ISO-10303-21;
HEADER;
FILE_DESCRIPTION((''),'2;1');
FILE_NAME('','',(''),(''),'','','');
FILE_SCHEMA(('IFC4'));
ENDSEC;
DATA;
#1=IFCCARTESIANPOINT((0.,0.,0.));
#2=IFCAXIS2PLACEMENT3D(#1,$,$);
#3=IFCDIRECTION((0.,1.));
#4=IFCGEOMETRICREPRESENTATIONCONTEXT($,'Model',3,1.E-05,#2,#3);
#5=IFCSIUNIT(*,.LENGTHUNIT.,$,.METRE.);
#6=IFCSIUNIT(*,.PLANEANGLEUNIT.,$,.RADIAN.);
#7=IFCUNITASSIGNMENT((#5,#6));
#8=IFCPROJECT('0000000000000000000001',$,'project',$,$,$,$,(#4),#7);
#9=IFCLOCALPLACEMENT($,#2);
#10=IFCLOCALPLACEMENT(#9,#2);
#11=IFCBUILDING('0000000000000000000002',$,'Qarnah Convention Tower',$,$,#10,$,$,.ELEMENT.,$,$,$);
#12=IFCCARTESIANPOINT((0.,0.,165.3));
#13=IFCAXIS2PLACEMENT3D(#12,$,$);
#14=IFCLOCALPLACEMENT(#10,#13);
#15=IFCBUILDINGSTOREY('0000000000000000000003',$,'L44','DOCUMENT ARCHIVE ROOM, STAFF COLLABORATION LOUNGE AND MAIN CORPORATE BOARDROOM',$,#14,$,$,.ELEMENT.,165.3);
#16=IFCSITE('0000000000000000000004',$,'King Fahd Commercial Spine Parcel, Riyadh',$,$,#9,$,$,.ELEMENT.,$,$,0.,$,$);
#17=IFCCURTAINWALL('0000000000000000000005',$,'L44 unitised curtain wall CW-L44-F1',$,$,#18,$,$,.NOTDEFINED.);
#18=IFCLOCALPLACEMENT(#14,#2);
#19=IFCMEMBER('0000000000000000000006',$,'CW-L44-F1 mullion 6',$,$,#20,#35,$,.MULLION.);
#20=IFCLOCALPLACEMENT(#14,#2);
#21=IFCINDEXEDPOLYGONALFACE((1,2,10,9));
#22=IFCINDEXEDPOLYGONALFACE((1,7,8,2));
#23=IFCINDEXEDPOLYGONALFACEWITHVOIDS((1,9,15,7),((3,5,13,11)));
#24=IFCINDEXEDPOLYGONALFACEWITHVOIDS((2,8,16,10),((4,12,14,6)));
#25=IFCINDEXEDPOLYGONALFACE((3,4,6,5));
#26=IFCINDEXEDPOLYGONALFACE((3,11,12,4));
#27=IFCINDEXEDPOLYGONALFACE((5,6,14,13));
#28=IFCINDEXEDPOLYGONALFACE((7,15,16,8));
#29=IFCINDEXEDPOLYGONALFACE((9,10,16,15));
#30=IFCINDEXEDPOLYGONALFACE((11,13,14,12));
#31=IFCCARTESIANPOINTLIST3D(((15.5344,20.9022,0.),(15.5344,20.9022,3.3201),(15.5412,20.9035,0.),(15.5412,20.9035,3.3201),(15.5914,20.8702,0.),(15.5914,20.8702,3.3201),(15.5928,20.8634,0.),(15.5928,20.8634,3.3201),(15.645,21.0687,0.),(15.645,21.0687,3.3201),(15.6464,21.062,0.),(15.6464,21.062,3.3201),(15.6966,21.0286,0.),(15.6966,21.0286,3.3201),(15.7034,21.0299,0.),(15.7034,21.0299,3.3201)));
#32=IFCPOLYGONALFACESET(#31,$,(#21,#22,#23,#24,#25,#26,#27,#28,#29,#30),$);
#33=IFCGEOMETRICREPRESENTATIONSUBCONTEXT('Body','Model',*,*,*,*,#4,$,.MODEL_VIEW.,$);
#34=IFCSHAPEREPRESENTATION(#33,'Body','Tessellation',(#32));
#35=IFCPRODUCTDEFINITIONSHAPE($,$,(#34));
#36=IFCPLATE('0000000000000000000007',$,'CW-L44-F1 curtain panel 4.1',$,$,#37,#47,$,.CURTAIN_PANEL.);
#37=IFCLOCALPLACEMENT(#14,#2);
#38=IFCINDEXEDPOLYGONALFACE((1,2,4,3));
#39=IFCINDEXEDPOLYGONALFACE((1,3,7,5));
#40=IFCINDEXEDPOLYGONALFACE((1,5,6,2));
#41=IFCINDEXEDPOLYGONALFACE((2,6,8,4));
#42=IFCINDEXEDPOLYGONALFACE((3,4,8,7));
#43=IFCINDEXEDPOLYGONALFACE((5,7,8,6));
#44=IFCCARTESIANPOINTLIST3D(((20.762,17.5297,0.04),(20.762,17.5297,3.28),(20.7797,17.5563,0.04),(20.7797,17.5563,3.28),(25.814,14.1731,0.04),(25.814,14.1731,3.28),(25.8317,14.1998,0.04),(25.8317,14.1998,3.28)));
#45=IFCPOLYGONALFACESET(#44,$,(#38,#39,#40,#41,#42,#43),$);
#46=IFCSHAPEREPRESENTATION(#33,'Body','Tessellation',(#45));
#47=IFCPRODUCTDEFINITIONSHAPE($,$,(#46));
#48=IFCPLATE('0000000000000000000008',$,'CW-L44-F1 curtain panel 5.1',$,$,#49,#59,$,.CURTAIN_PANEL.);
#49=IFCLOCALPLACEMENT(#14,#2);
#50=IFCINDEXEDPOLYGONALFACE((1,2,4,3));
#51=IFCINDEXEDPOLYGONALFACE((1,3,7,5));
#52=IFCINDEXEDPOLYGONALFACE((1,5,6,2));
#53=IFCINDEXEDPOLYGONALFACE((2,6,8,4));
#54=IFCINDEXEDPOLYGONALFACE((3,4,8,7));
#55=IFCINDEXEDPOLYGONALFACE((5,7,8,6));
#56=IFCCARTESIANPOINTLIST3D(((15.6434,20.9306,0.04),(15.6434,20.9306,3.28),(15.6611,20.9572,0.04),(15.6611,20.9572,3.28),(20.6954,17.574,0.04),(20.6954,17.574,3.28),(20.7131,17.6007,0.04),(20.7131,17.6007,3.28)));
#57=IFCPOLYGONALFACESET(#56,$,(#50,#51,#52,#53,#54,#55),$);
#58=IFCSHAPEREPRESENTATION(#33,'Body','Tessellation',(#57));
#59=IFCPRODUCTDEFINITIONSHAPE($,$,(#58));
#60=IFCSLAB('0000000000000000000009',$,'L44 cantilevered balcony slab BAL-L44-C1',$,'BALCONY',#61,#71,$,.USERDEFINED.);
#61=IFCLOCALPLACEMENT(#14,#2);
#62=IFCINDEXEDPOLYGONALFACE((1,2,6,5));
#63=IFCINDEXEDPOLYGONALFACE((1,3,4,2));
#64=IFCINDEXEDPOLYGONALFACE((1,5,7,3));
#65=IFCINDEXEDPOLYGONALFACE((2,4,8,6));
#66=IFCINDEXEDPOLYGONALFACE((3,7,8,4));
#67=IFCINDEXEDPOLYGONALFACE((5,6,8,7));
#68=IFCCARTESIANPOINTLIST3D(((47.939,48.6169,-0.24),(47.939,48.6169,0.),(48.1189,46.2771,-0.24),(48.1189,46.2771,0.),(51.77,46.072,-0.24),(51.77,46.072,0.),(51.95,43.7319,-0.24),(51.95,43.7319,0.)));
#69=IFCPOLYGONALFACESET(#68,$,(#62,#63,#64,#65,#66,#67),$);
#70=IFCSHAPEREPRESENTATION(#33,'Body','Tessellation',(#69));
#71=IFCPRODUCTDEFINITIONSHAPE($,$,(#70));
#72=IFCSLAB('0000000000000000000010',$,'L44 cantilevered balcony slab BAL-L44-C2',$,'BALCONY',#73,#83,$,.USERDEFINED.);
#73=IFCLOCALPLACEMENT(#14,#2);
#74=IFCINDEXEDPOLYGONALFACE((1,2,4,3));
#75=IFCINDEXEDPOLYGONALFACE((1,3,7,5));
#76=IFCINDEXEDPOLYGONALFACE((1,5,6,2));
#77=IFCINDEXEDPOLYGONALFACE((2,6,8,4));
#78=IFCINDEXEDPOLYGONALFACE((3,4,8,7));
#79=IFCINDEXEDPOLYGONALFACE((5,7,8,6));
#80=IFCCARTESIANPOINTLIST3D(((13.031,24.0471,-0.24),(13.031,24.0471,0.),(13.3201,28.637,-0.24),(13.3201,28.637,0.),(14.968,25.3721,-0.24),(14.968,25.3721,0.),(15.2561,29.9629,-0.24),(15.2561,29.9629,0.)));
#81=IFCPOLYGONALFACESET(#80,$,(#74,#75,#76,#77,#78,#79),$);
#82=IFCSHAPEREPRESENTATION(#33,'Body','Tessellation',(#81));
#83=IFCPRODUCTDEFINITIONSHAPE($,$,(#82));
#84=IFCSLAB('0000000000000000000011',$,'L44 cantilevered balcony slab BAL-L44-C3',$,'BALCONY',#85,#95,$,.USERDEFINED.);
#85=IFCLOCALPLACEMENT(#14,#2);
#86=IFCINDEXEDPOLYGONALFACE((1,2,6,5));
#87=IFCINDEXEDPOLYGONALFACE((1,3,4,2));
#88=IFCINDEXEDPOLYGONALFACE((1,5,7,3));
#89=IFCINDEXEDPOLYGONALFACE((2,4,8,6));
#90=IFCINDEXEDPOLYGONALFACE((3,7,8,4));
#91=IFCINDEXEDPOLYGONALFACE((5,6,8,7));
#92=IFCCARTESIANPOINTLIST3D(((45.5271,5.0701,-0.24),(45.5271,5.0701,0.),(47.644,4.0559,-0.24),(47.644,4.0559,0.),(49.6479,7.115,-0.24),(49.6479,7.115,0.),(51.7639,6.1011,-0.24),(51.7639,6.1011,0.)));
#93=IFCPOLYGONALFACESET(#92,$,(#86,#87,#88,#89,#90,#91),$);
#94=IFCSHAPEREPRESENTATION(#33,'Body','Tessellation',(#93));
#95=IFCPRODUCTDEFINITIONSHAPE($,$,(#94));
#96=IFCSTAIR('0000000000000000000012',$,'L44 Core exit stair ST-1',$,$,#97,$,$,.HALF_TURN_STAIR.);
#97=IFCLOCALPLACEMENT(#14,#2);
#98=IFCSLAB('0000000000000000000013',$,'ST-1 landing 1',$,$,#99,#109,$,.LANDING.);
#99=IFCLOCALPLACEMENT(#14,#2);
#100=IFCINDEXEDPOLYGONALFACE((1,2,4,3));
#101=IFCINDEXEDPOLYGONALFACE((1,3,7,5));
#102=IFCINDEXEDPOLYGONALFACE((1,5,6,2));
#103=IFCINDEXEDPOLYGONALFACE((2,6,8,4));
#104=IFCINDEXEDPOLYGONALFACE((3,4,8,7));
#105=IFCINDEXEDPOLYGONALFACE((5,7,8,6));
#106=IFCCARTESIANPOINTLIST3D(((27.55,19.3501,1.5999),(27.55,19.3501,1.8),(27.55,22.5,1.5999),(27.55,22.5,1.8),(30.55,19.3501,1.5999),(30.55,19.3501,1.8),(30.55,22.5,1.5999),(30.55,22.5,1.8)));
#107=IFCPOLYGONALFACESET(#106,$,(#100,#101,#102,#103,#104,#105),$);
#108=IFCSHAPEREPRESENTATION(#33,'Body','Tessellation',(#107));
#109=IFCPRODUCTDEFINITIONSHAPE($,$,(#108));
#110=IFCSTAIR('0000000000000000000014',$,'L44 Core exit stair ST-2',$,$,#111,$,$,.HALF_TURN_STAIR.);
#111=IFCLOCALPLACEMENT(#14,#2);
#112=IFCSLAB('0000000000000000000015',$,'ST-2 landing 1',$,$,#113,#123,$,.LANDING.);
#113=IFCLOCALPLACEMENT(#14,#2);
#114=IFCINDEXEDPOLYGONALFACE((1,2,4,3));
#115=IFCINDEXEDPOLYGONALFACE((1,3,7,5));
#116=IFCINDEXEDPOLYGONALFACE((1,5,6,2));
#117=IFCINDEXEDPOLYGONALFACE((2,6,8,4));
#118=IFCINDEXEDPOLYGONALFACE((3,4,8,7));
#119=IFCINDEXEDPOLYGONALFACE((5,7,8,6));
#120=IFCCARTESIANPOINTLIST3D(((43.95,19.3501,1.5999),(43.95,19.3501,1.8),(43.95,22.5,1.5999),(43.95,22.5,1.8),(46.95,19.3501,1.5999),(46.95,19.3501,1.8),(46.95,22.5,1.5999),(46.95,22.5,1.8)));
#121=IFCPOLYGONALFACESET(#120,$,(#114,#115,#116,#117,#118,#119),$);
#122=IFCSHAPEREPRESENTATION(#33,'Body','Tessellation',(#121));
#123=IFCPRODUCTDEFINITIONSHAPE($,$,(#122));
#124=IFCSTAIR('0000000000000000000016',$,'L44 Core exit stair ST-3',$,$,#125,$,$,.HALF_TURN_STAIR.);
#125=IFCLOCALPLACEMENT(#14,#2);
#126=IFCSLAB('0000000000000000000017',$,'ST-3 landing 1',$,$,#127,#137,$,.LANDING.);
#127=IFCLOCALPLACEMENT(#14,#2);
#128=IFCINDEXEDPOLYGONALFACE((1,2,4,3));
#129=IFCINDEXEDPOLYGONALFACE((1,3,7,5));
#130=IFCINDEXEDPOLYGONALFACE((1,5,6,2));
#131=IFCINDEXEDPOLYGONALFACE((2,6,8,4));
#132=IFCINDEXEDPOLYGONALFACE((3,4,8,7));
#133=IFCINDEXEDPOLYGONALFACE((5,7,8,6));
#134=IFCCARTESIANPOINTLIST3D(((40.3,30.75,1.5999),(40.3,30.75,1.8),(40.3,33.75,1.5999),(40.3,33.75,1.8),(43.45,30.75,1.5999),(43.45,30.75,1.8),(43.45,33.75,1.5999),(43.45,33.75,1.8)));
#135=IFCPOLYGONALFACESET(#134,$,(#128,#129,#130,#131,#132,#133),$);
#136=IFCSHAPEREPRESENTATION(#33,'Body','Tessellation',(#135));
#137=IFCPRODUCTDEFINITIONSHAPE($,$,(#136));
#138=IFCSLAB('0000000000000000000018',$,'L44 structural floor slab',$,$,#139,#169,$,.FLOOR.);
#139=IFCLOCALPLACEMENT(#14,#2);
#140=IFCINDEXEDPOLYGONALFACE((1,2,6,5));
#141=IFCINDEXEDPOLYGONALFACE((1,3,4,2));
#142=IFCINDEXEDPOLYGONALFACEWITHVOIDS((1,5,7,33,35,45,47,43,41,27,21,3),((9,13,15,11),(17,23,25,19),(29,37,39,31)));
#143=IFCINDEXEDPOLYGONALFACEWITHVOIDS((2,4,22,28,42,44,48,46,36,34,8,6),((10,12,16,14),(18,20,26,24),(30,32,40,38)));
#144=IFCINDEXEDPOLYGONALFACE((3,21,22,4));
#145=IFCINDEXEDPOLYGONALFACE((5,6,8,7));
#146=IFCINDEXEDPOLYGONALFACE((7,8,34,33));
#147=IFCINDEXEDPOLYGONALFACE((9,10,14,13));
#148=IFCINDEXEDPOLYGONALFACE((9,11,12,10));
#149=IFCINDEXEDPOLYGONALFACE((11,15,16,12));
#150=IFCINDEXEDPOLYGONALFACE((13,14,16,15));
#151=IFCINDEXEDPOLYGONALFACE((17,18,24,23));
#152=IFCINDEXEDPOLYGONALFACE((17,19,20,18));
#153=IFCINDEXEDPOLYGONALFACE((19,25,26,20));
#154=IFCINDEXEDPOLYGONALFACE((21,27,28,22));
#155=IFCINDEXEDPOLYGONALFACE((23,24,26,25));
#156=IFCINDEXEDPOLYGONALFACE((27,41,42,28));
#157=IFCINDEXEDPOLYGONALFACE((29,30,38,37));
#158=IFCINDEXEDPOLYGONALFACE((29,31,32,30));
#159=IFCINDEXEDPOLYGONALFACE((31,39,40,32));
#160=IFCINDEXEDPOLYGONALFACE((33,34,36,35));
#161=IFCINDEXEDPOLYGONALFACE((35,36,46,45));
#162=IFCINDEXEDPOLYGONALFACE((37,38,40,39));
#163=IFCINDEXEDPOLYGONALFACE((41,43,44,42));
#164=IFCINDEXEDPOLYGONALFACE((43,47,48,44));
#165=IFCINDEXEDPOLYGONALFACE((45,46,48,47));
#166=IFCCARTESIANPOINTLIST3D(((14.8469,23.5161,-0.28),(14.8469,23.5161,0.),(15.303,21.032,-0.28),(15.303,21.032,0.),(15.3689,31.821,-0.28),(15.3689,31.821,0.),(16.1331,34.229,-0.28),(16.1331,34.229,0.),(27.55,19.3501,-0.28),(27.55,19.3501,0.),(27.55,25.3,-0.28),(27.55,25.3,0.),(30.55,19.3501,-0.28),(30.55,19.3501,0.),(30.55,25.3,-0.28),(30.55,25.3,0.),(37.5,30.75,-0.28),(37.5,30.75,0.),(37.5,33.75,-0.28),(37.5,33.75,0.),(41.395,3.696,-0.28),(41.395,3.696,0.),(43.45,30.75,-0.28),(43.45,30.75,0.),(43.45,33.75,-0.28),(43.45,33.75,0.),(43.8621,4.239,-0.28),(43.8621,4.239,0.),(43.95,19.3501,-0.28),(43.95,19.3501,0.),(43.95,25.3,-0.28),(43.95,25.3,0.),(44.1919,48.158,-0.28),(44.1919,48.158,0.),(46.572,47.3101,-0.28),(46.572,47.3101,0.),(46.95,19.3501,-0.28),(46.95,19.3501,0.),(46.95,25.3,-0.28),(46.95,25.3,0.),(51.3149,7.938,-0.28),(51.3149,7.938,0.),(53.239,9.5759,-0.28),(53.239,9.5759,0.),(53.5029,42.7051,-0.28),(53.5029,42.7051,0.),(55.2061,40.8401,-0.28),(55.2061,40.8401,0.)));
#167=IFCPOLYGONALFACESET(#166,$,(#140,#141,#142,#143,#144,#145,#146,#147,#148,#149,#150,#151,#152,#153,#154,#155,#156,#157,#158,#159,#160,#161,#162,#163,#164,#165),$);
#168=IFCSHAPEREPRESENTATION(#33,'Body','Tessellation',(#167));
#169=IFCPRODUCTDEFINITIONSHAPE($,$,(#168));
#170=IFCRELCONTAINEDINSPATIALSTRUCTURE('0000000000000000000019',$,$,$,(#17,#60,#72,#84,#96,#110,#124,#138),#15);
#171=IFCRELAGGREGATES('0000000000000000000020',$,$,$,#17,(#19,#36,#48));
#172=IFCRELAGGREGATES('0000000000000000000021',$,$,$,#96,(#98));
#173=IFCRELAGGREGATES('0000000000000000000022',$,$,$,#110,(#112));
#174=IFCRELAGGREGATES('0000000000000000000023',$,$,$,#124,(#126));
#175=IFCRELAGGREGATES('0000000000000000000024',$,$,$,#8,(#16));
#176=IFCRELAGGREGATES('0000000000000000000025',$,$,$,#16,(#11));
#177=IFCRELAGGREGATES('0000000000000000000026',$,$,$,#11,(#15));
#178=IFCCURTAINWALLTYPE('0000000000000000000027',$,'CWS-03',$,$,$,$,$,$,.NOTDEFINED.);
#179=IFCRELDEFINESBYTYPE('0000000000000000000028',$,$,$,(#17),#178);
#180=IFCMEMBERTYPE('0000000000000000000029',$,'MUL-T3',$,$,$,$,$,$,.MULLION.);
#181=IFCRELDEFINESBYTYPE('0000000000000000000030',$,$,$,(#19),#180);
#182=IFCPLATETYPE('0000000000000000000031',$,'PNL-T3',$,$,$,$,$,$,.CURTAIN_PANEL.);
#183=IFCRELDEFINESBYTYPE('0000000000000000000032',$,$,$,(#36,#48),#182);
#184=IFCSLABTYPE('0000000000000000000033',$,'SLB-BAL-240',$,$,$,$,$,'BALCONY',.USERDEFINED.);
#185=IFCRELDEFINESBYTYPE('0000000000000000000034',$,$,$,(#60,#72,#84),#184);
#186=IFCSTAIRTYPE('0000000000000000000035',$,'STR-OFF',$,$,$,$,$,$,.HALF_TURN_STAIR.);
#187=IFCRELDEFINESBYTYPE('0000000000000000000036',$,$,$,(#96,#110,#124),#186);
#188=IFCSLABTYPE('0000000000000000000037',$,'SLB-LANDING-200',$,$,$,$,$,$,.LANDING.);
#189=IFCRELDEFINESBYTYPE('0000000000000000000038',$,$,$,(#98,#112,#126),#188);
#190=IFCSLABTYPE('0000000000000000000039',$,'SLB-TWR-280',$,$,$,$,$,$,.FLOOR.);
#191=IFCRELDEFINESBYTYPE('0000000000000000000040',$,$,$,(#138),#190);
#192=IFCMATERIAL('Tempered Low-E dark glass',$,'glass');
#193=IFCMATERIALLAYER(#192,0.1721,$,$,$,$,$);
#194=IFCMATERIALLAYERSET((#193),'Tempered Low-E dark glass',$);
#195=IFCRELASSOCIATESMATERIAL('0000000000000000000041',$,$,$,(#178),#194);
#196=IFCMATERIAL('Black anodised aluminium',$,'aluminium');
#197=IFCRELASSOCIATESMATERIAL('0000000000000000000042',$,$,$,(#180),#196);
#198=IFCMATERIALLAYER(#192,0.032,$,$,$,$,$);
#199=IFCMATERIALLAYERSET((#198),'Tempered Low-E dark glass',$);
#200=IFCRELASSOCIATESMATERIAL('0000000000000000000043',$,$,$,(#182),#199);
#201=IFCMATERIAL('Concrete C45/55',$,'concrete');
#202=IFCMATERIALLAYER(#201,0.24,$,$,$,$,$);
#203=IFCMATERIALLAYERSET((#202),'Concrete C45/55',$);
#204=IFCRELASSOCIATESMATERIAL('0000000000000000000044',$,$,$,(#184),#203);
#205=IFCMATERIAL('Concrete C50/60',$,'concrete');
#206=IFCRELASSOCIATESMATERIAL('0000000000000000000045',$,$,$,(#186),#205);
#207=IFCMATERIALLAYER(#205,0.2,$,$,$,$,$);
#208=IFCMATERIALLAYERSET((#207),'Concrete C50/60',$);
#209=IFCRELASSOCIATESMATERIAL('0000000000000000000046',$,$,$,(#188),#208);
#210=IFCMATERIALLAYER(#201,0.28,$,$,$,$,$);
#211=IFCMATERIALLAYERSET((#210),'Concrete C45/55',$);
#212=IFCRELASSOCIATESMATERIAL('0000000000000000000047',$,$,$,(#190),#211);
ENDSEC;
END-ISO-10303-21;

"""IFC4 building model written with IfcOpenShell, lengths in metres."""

from ifc_helpers import new_model, si_unit, direction, frame, origin, origin_2d, place, context, subcontext, project, spatial, polyline, rectangle, hollow_rectangle, outline, extrude, material, layer, layer_set, material_profile, profile_set, type_object, element, aggregate, save


model = new_model("IFC4")

# Units and contexts
model_context = context("Model", 3, precision=1e-05, world=origin(), true_north=direction((0.0, 1.0)))
body_context = subcontext(model_context, "Body", "Model", "MODEL_VIEW")
ifc_project = project(units=[si_unit("LENGTHUNIT", "METRE"), si_unit("PLANEANGLEUNIT", "RADIAN")], contexts=[model_context])

# Site, building, storey
site_placement = place(None, origin())
site = spatial("IfcSite", under=ifc_project, at=site_placement, Name="King Fahd Commercial Spine Parcel, Riyadh", CompositionType="ELEMENT", RefElevation=0.0)
building_placement = place(site_placement, origin())
building = spatial("IfcBuilding", under=site, at=building_placement, Name="Qarnah Convention Tower", CompositionType="ELEMENT")
storey_placement = place(building_placement, frame((0.0, 0.0, 165.3)))
storey = spatial("IfcBuildingStorey", under=building, at=storey_placement, Name="L44", Description="DOCUMENT ARCHIVE ROOM, STAFF COLLABORATION LOUNGE AND MAIN CORPORATE BOARDROOM", CompositionType="ELEMENT", Elevation=165.3)

# Curtain wall, member, plates
ifc_material_1 = material(Name="Tempered Low-E dark glass", Category="glass")
ifc_layer_1 = layer(ifc_material_1, 0.1721)
ifc_layer_set_1 = layer_set([ifc_layer_1], Name="Tempered Low-E dark glass")
curtain_wall_type = type_object("IfcCurtainWallType", Name="CWS-03", PredefinedType="NOTDEFINED", material=ifc_layer_set_1)
curtain_wall_placement = place(storey_placement, origin())
curtain_wall = element("IfcCurtainWall", 1, at=curtain_wall_placement, inside=storey, type_object=curtain_wall_type, Name="L44 unitised curtain wall CW-L44-F1", PredefinedType="NOTDEFINED")
ifc_material_2 = material(Name="Black anodised aluminium", Category="aluminium")
ifc_material_profile_1 = material_profile(ifc_material_2, hollow_rectangle(XDim=0.0701, YDim=0.2, WallThickness=0.0049, at=origin_2d()), Name="MUL-70X200")
ifc_profile_set_1 = profile_set([ifc_material_profile_1], Name="Black anodised aluminium")
member_type = type_object("IfcMemberType", Name="MUL-T3", PredefinedType="MULLION", material=ifc_profile_set_1)
member_1_placement = place(storey_placement, frame((15.6189, 20.9661, 0.0), z_axis=(0.0, 0.0, 1.0), x_axis=(-0.83292, 0.553393, 0.0)))
member_1 = element("IfcMember", 2, at=member_1_placement, type_object=member_type, Name="CW-L44-F1 mullion 6", PredefinedType="MULLION", context=body_context, shape_type="SweptSolid", body=[
    extrude(hollow_rectangle(XDim=0.0701, YDim=0.2, WallThickness=0.0049, at=origin_2d()), origin(), (0.0, 0.0, 1.0), 3.3201),
])
ifc_layer_2 = layer(ifc_material_1, 0.032)
ifc_layer_set_2 = layer_set([ifc_layer_2], Name="Tempered Low-E dark glass")
plate_type = type_object("IfcPlateType", Name="PNL-T3", PredefinedType="CURTAIN_PANEL", material=ifc_layer_set_2)
plate_1_placement = place(storey_placement, frame((23.2969, 15.8647, 0.04), z_axis=(0.0, 0.0, 1.0), x_axis=(-0.83292, 0.553393, 0.0)))
plate_1 = element("IfcPlate", 3, at=plate_1_placement, type_object=plate_type, Name="CW-L44-F1 curtain panel 4.1", PredefinedType="CURTAIN_PANEL", context=body_context, shape_type="SweptSolid", body=[
    extrude(rectangle(XDim=6.0654, YDim=0.032, at=origin_2d()), origin(), (0.0, 0.0, 1.0), 3.24),
])
plate_2_placement = place(storey_placement, frame((18.1782, 19.2656, 0.04), z_axis=(0.0, 0.0, 1.0), x_axis=(-0.83292, 0.553393, 0.0)))
plate_2 = element("IfcPlate", 4, at=plate_2_placement, type_object=plate_type, Name="CW-L44-F1 curtain panel 5.1", PredefinedType="CURTAIN_PANEL", context=body_context, shape_type="SweptSolid", body=[
    extrude(rectangle(XDim=6.0654, YDim=0.032, at=origin_2d()), origin(), (0.0, 0.0, 1.0), 3.24),
])
aggregate(curtain_wall, [member_1, plate_1, plate_2])

# Slabs
ifc_material_3 = material(Name="Concrete C45/55", Category="concrete")
ifc_layer_3 = layer(ifc_material_3, 0.24)
ifc_layer_set_3 = layer_set([ifc_layer_3], Name="Concrete C45/55")
slab_type_1 = type_object("IfcSlabType", Name="SLB-BAL-240", ElementType="BALCONY", PredefinedType="USERDEFINED", material=ifc_layer_set_3)
slab_1_placement = place(storey_placement, frame((0.0, 0.0, -0.24)))
element("IfcSlab", 5, at=slab_1_placement, inside=storey, type_object=slab_type_1, Name="L44 cantilevered balcony slab BAL-L44-C1", ObjectType="BALCONY", PredefinedType="USERDEFINED", context=body_context, shape_type="SweptSolid", body=[
    extrude(outline(polyline([(47.939, 48.6169), (51.77, 46.072), (51.95, 43.7319), (48.1189, 46.2771), (47.939, 48.6169)])), origin(), (0.0, 0.0, 1.0), 0.24),
])
slab_2_placement = place(storey_placement, frame((0.0, 0.0, -0.24)))
element("IfcSlab", 6, at=slab_2_placement, inside=storey, type_object=slab_type_1, Name="L44 cantilevered balcony slab BAL-L44-C2", ObjectType="BALCONY", PredefinedType="USERDEFINED", context=body_context, shape_type="SweptSolid", body=[
    extrude(outline(polyline([(13.031, 24.0471), (13.3201, 28.637), (15.2561, 29.9629), (14.968, 25.3721), (13.031, 24.0471)])), origin(), (0.0, 0.0, 1.0), 0.24),
])
slab_3_placement = place(storey_placement, frame((0.0, 0.0, -0.24)))
element("IfcSlab", 7, at=slab_3_placement, inside=storey, type_object=slab_type_1, Name="L44 cantilevered balcony slab BAL-L44-C3", ObjectType="BALCONY", PredefinedType="USERDEFINED", context=body_context, shape_type="SweptSolid", body=[
    extrude(outline(polyline([(51.7639, 6.1011), (47.644, 4.0559), (45.5271, 5.0701), (49.6479, 7.115), (51.7639, 6.1011)])), origin(), (0.0, 0.0, 1.0), 0.24),
])

# Stairs, slabs
ifc_material_4 = material(Name="Concrete C50/60", Category="concrete")
stair_type = type_object("IfcStairType", Name="STR-OFF", PredefinedType="HALF_TURN_STAIR", material=ifc_material_4)
stair_1_placement = place(storey_placement, origin())
stair_1 = element("IfcStair", 8, at=stair_1_placement, inside=storey, type_object=stair_type, Name="L44 Core exit stair ST-1", PredefinedType="HALF_TURN_STAIR")
ifc_layer_4 = layer(ifc_material_4, 0.2)
ifc_layer_set_4 = layer_set([ifc_layer_4], Name="Concrete C50/60")
slab_type_2 = type_object("IfcSlabType", Name="SLB-LANDING-200", PredefinedType="LANDING", material=ifc_layer_set_4)
slab_4_placement = place(storey_placement, frame((0.0, 0.0, 1.5999)))
slab_4 = element("IfcSlab", 9, at=slab_4_placement, type_object=slab_type_2, Name="ST-1 landing 1", PredefinedType="LANDING", context=body_context, shape_type="SweptSolid", body=[
    extrude(outline(polyline([(27.55, 22.5), (27.55, 19.3501), (30.55, 19.3501), (30.55, 22.5), (27.55, 22.5)])), origin(), (0.0, 0.0, 1.0), 0.2002),
])
aggregate(stair_1, [slab_4])
stair_2_placement = place(storey_placement, origin())
stair_2 = element("IfcStair", 10, at=stair_2_placement, inside=storey, type_object=stair_type, Name="L44 Core exit stair ST-2", PredefinedType="HALF_TURN_STAIR")
slab_5_placement = place(storey_placement, frame((0.0, 0.0, 1.5999)))
slab_5 = element("IfcSlab", 11, at=slab_5_placement, type_object=slab_type_2, Name="ST-2 landing 1", PredefinedType="LANDING", context=body_context, shape_type="SweptSolid", body=[
    extrude(outline(polyline([(43.95, 22.5), (43.95, 19.3501), (46.95, 19.3501), (46.95, 22.5), (43.95, 22.5)])), origin(), (0.0, 0.0, 1.0), 0.2002),
])
aggregate(stair_2, [slab_5])
stair_3_placement = place(storey_placement, origin())
stair_3 = element("IfcStair", 12, at=stair_3_placement, inside=storey, type_object=stair_type, Name="L44 Core exit stair ST-3", PredefinedType="HALF_TURN_STAIR")
slab_6_placement = place(storey_placement, frame((0.0, 0.0, 1.5999)))
slab_6 = element("IfcSlab", 13, at=slab_6_placement, type_object=slab_type_2, Name="ST-3 landing 1", PredefinedType="LANDING", context=body_context, shape_type="SweptSolid", body=[
    extrude(outline(polyline([(40.3, 30.75), (43.45, 30.75), (43.45, 33.75), (40.3, 33.75), (40.3, 30.75)])), origin(), (0.0, 0.0, 1.0), 0.2002),
])
aggregate(stair_3, [slab_6])

# Slab
ifc_layer_5 = layer(ifc_material_3, 0.28)
ifc_layer_set_5 = layer_set([ifc_layer_5], Name="Concrete C45/55")
slab_type_3 = type_object("IfcSlabType", Name="SLB-TWR-280", PredefinedType="FLOOR", material=ifc_layer_set_5)
slab_7_placement = place(storey_placement, frame((0.0, 0.0, -0.28)))
element("IfcSlab", 14, at=slab_7_placement, inside=storey, type_object=slab_type_3, Name="L44 structural floor slab", PredefinedType="FLOOR", context=body_context, shape_type="SweptSolid", body=[
    extrude(outline(polyline([(44.1919, 48.158), (16.1331, 34.229), (15.3689, 31.821), (14.8469, 23.5161), (15.303, 21.032), (41.395, 3.696), (43.8621, 4.239), (51.3149, 7.938), (53.239, 9.5759), (55.2061, 40.8401), (53.5029, 42.7051), (46.572, 47.3101), (44.1919, 48.158)]), holes=[polyline([(27.55, 25.3), (27.55, 19.3501), (30.55, 19.3501), (30.55, 25.3), (27.55, 25.3)]), polyline([(43.95, 25.3), (43.95, 19.3501), (46.95, 19.3501), (46.95, 25.3), (43.95, 25.3)]), polyline([(37.5, 30.75), (43.45, 30.75), (43.45, 33.75), (37.5, 33.75), (37.5, 30.75)])]), origin(), (0.0, 0.0, 1.0), 0.28),
])

save(model, "model.ifc")
